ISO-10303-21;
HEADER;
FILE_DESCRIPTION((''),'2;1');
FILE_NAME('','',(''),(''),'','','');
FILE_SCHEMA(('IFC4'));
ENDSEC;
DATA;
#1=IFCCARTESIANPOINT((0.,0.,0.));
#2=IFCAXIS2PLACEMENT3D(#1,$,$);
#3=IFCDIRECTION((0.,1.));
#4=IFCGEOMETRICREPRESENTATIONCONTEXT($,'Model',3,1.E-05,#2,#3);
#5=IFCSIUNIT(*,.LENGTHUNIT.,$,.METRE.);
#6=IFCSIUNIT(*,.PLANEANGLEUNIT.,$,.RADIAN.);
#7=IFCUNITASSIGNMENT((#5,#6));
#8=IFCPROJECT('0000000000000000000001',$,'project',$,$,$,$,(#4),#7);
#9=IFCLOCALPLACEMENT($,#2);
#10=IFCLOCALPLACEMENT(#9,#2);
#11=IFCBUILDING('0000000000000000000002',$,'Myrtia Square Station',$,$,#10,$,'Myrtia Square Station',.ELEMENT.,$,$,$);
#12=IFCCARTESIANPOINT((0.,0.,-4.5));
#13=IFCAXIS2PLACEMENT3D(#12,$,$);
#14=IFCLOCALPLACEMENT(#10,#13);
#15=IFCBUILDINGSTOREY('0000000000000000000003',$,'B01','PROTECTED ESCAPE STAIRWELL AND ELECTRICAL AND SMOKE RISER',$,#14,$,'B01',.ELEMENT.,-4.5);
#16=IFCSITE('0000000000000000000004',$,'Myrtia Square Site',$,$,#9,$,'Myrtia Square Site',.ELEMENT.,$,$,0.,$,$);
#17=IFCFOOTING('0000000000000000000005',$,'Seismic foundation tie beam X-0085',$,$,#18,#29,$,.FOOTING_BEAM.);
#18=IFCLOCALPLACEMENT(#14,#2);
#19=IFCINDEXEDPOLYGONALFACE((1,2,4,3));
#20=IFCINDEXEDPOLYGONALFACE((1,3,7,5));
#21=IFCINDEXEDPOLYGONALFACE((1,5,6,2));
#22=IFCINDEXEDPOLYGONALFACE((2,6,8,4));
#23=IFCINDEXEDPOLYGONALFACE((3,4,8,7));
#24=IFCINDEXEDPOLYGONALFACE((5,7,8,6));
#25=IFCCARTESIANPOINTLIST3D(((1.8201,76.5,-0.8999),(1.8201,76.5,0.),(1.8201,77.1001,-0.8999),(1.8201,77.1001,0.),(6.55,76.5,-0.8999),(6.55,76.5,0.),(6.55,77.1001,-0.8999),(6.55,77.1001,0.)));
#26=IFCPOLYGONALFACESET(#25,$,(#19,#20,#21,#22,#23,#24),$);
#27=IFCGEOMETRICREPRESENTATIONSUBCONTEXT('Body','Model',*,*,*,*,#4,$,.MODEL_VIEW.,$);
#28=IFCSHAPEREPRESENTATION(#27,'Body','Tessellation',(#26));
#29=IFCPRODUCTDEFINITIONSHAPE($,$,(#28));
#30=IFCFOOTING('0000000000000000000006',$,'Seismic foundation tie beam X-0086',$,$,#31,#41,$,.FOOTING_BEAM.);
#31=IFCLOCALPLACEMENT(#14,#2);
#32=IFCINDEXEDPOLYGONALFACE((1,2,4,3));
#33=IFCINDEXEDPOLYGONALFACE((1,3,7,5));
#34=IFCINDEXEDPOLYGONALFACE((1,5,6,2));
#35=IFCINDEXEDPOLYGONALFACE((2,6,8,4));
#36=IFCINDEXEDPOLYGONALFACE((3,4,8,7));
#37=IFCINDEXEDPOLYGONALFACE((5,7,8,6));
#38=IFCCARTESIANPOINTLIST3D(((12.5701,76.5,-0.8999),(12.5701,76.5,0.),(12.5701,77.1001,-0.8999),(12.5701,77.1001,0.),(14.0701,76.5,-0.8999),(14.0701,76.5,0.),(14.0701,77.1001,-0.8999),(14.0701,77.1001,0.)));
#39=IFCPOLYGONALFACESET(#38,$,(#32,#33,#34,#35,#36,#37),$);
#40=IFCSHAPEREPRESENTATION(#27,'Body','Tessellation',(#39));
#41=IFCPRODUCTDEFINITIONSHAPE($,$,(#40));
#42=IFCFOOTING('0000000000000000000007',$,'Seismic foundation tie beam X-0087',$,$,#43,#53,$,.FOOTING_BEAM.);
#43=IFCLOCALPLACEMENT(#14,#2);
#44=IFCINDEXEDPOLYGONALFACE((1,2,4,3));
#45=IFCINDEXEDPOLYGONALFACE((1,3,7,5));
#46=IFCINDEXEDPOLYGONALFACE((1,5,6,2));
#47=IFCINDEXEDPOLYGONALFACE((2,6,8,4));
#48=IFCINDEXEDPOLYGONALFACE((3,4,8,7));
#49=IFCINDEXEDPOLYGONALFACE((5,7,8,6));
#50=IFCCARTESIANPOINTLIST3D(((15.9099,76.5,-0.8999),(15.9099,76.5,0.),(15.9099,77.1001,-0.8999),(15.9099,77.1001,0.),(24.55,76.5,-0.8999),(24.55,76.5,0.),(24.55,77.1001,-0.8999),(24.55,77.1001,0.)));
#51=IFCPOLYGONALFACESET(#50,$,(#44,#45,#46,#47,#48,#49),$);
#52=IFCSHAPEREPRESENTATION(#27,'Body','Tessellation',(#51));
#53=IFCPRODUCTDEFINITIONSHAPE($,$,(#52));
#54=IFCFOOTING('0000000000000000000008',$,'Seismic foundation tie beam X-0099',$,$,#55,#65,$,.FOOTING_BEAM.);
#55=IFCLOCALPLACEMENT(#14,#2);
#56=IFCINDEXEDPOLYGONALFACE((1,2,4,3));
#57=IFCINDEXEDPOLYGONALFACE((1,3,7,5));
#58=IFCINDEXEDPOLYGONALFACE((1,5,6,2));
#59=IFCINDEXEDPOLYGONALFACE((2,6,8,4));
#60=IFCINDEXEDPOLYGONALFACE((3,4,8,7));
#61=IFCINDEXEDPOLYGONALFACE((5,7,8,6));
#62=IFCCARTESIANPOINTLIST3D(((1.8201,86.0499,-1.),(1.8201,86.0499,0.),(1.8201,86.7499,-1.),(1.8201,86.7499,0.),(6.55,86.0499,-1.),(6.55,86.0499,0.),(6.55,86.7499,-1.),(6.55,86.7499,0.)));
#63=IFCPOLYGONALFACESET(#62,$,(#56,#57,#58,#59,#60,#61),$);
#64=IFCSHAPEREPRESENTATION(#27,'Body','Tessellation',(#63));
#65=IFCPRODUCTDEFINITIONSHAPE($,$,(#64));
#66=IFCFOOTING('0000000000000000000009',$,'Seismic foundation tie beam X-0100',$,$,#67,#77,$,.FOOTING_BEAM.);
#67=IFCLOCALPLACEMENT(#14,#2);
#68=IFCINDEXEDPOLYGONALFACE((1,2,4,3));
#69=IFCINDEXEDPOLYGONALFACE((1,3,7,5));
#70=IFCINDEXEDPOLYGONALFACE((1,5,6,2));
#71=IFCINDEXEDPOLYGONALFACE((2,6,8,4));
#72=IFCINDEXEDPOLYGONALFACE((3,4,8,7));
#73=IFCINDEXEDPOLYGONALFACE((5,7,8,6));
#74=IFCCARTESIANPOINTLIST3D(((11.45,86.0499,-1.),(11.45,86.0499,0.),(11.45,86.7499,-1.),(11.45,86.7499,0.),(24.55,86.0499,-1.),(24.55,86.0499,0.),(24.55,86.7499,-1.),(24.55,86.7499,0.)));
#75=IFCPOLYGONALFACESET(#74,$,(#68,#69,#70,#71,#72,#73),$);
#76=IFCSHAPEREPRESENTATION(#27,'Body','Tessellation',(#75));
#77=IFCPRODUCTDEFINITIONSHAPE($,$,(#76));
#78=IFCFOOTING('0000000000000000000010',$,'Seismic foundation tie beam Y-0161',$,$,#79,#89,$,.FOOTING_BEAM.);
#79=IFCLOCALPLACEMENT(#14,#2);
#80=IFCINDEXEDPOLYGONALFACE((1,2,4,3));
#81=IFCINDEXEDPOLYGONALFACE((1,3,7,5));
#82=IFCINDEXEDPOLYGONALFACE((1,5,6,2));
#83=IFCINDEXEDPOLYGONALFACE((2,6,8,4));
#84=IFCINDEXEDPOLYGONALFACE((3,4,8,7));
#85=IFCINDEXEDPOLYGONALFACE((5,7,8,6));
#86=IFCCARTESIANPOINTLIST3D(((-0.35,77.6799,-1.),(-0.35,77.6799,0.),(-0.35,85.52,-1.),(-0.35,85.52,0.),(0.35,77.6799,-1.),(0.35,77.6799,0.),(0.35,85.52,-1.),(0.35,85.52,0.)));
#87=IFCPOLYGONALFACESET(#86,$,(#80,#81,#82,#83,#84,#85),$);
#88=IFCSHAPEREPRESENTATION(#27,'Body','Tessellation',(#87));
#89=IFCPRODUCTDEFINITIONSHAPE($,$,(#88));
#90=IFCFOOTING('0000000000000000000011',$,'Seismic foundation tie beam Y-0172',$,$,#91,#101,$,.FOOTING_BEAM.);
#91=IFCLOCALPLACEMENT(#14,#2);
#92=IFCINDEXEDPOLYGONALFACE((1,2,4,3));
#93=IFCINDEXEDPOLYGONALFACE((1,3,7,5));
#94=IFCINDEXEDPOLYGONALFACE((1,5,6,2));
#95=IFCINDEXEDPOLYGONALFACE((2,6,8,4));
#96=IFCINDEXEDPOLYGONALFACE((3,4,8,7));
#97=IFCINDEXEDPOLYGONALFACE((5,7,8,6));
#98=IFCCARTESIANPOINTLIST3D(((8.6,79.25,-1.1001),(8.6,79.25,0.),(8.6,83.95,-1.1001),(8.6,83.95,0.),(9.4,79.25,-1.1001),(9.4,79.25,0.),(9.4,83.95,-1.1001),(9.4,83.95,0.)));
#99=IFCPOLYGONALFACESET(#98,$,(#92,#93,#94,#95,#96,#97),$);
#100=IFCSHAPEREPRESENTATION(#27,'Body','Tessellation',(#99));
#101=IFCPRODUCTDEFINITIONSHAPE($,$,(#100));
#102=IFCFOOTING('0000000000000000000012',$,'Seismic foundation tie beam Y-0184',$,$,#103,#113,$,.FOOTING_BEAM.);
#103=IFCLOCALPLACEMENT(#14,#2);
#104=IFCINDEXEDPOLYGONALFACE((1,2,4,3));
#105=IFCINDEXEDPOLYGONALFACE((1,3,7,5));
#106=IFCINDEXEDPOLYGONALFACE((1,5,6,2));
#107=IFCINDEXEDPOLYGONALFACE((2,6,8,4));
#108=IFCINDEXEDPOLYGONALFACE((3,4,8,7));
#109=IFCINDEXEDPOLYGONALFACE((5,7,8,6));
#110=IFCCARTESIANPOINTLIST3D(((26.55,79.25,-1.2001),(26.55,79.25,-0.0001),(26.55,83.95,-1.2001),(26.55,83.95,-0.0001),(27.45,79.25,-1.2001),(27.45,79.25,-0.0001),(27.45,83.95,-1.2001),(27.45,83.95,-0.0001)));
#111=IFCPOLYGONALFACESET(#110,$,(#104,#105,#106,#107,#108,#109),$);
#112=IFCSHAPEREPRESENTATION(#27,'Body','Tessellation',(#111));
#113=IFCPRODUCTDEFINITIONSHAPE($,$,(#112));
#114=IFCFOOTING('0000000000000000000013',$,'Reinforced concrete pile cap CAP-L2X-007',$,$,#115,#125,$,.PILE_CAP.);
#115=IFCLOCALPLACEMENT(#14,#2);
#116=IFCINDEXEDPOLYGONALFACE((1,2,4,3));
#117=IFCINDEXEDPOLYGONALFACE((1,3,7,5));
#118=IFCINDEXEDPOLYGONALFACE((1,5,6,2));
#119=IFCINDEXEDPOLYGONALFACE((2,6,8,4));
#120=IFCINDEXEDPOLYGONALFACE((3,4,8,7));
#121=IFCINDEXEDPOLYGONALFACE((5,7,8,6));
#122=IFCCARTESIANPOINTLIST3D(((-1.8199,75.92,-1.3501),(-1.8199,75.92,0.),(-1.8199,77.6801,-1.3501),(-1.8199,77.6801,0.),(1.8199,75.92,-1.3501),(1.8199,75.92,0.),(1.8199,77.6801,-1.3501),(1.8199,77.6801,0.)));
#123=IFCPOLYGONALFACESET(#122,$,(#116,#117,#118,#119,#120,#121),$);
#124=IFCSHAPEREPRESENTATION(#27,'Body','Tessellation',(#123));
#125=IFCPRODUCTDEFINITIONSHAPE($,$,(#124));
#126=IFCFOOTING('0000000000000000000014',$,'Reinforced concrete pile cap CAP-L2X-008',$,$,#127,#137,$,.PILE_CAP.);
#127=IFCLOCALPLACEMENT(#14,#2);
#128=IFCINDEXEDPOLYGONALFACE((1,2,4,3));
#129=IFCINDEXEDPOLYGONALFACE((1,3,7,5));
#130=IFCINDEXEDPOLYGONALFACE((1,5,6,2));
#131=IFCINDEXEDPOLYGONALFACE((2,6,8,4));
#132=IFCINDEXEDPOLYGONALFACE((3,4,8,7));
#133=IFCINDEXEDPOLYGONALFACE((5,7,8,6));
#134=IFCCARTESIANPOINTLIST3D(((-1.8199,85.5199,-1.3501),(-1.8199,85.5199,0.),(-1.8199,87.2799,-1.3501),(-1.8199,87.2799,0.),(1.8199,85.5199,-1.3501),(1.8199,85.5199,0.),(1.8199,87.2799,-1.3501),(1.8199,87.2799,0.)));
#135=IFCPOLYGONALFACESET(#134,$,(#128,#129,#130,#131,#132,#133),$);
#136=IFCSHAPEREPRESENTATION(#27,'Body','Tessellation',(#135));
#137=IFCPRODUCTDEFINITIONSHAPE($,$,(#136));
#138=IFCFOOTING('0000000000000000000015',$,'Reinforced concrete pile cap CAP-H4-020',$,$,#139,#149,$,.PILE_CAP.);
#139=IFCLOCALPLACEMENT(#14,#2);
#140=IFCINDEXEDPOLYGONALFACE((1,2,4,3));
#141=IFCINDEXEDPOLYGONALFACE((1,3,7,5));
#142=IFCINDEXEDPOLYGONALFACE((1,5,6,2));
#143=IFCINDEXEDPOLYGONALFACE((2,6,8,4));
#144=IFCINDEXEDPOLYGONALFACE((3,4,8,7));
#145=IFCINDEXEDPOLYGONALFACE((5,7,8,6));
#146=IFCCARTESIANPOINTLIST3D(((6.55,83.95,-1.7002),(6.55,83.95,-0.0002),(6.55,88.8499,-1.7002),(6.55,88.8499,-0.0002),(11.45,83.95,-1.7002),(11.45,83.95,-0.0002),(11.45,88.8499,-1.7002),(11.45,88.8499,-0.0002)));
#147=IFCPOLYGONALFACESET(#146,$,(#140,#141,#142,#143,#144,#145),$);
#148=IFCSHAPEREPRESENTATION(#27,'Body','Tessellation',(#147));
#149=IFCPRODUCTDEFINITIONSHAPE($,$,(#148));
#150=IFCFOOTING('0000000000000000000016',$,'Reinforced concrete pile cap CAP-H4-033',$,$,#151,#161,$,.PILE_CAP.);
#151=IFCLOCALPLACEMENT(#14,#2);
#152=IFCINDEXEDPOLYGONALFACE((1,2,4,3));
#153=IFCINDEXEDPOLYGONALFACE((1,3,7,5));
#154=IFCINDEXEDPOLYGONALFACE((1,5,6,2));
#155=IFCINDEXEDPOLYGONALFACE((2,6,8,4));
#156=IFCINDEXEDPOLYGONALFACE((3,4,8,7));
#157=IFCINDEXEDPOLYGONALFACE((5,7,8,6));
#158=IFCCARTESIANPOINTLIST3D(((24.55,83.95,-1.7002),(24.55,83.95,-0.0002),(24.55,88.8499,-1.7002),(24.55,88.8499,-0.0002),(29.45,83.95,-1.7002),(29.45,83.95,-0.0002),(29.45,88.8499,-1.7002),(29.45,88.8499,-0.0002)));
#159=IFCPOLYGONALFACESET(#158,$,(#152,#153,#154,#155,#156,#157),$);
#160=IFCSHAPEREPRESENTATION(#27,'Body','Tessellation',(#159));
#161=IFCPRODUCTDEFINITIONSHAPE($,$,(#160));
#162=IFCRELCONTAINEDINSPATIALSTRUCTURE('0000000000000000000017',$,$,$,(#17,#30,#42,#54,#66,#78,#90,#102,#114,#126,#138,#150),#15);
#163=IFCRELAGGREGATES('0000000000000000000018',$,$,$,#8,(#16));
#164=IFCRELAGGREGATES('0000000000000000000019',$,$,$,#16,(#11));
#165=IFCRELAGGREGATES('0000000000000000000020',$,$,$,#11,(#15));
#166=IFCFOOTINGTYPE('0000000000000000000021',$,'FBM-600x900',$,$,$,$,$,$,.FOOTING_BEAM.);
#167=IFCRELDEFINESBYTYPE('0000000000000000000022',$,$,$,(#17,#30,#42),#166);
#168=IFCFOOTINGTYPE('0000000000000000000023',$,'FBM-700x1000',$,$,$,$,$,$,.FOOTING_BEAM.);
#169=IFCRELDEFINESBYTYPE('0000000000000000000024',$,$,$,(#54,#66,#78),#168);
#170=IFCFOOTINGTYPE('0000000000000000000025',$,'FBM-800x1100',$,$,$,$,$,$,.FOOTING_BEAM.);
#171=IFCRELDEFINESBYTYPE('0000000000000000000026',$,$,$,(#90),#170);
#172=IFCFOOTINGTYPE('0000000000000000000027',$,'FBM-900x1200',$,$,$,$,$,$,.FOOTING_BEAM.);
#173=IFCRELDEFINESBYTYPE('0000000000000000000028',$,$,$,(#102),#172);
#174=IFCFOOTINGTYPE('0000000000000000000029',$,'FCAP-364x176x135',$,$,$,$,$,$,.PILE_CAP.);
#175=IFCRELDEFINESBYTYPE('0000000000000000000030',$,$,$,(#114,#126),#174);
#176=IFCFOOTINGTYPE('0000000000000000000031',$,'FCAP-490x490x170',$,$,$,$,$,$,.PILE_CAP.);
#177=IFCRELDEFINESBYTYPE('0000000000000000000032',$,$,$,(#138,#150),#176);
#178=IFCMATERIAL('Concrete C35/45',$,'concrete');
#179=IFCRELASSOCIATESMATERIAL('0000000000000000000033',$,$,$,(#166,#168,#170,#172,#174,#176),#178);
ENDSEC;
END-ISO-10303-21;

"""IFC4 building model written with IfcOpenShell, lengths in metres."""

from ifc_helpers import new_model, si_unit, direction, frame, origin, origin_2d, place, context, subcontext, project, spatial, rectangle, extrude, material, material_profile, profile_set, type_object, element, save


model = new_model("IFC4")

# Units and contexts
model_context = context("Model", 3, precision=1e-05, world=origin(), true_north=direction((0.0, 1.0)))
body_context = subcontext(model_context, "Body", "Model", "MODEL_VIEW")
ifc_project = project(units=[si_unit("LENGTHUNIT", "METRE"), si_unit("PLANEANGLEUNIT", "RADIAN")], contexts=[model_context])

# Site, building, storey
site_placement = place(None, origin())
site = spatial("IfcSite", under=ifc_project, at=site_placement, Name="Myrtia Square Site", LongName="Myrtia Square Site", CompositionType="ELEMENT", RefElevation=0.0)
building_placement = place(site_placement, origin())
building = spatial("IfcBuilding", under=site, at=building_placement, Name="Myrtia Square Station", LongName="Myrtia Square Station", CompositionType="ELEMENT")
storey_placement = place(building_placement, frame((0.0, 0.0, -4.5)))
storey = spatial("IfcBuildingStorey", under=building, at=storey_placement, Name="B01", Description="PROTECTED ESCAPE STAIRWELL AND ELECTRICAL AND SMOKE RISER", LongName="B01", CompositionType="ELEMENT", Elevation=-4.5)

# Footings
ifc_material_1 = material(Name="Concrete C35/45", Category="concrete")
ifc_material_profile_1 = material_profile(ifc_material_1, rectangle(XDim=0.6001, YDim=0.8999, at=origin_2d()), Name="FB 600x900")
ifc_profile_set_1 = profile_set([ifc_material_profile_1], Name="Concrete C35/45")
footing_type_1 = type_object("IfcFootingType", Name="FBM-600x900", PredefinedType="FOOTING_BEAM", material=ifc_profile_set_1)
footing_1_placement = place(storey_placement, frame((1.8201, 76.8, -0.45), z_axis=(1.0, 0.0, 0.0), x_axis=(0.0, 1.0, 0.0)))
element("IfcFooting", 1, at=footing_1_placement, inside=storey, type_object=footing_type_1, Name="Seismic foundation tie beam X-0085", PredefinedType="FOOTING_BEAM", context=body_context, shape_type="SweptSolid", body=[
    extrude(rectangle(XDim=0.6001, YDim=0.8999, at=origin_2d()), origin(), (0.0, 0.0, 1.0), 4.73),
])
footing_2_placement = place(storey_placement, frame((12.5701, 76.8, -0.45), z_axis=(1.0, 0.0, 0.0), x_axis=(0.0, 1.0, 0.0)))
element("IfcFooting", 2, at=footing_2_placement, inside=storey, type_object=footing_type_1, Name="Seismic foundation tie beam X-0086", PredefinedType="FOOTING_BEAM", context=body_context, shape_type="SweptSolid", body=[
    extrude(rectangle(XDim=0.6001, YDim=0.8999, at=origin_2d()), origin(), (0.0, 0.0, 1.0), 1.5),
])
footing_3_placement = place(storey_placement, frame((15.9099, 76.8, -0.45), z_axis=(1.0, 0.0, 0.0), x_axis=(0.0, 1.0, 0.0)))
element("IfcFooting", 3, at=footing_3_placement, inside=storey, type_object=footing_type_1, Name="Seismic foundation tie beam X-0087", PredefinedType="FOOTING_BEAM", context=body_context, shape_type="SweptSolid", body=[
    extrude(rectangle(XDim=0.6001, YDim=0.8999, at=origin_2d()), origin(), (0.0, 0.0, 1.0), 8.6401),
])
ifc_material_profile_2 = material_profile(ifc_material_1, rectangle(XDim=0.7, YDim=1.0, at=origin_2d()), Name="FB 700x1000")
ifc_profile_set_2 = profile_set([ifc_material_profile_2], Name="Concrete C35/45")
footing_type_2 = type_object("IfcFootingType", Name="FBM-700x1000", PredefinedType="FOOTING_BEAM", material=ifc_profile_set_2)
footing_4_placement = place(storey_placement, frame((1.8201, 86.3999, -0.5), z_axis=(1.0, 0.0, 0.0), x_axis=(0.0, 1.0, 0.0)))
element("IfcFooting", 4, at=footing_4_placement, inside=storey, type_object=footing_type_2, Name="Seismic foundation tie beam X-0099", PredefinedType="FOOTING_BEAM", context=body_context, shape_type="SweptSolid", body=[
    extrude(rectangle(XDim=0.7, YDim=1.0, at=origin_2d()), origin(), (0.0, 0.0, 1.0), 4.73),
])
footing_5_placement = place(storey_placement, frame((11.45, 86.3999, -0.5), z_axis=(1.0, 0.0, 0.0), x_axis=(0.0, 1.0, 0.0)))
element("IfcFooting", 5, at=footing_5_placement, inside=storey, type_object=footing_type_2, Name="Seismic foundation tie beam X-0100", PredefinedType="FOOTING_BEAM", context=body_context, shape_type="SweptSolid", body=[
    extrude(rectangle(XDim=0.7, YDim=1.0, at=origin_2d()), origin(), (0.0, 0.0, 1.0), 13.1001),
])
footing_6_placement = place(storey_placement, frame((0.0, 77.6799, -0.5), z_axis=(0.0, 1.0, 0.0), x_axis=(-1.0, 0.0, 0.0)))
element("IfcFooting", 6, at=footing_6_placement, inside=storey, type_object=footing_type_2, Name="Seismic foundation tie beam Y-0161", PredefinedType="FOOTING_BEAM", context=body_context, shape_type="SweptSolid", body=[
    extrude(rectangle(XDim=0.7, YDim=1.0, at=origin_2d()), origin(), (0.0, 0.0, 1.0), 7.8401),
])
ifc_material_profile_3 = material_profile(ifc_material_1, rectangle(XDim=0.8, YDim=1.1001, at=origin_2d()), Name="FB 800x1100")
ifc_profile_set_3 = profile_set([ifc_material_profile_3], Name="Concrete C35/45")
footing_type_3 = type_object("IfcFootingType", Name="FBM-800x1100", PredefinedType="FOOTING_BEAM", material=ifc_profile_set_3)
footing_7_placement = place(storey_placement, frame((9.0, 79.25, -0.55), z_axis=(0.0, 1.0, 0.0), x_axis=(-1.0, 0.0, 0.0)))
element("IfcFooting", 7, at=footing_7_placement, inside=storey, type_object=footing_type_3, Name="Seismic foundation tie beam Y-0172", PredefinedType="FOOTING_BEAM", context=body_context, shape_type="SweptSolid", body=[
    extrude(rectangle(XDim=0.8, YDim=1.1001, at=origin_2d()), origin(), (0.0, 0.0, 1.0), 4.7),
])
ifc_material_profile_4 = material_profile(ifc_material_1, rectangle(XDim=0.8999, YDim=1.2, at=origin_2d()), Name="FB 900x1200")
ifc_profile_set_4 = profile_set([ifc_material_profile_4], Name="Concrete C35/45")
footing_type_4 = type_object("IfcFootingType", Name="FBM-900x1200", PredefinedType="FOOTING_BEAM", material=ifc_profile_set_4)
footing_8_placement = place(storey_placement, frame((27.0, 79.25, -0.6001), z_axis=(0.0, 1.0, 0.0), x_axis=(-1.0, 0.0, 0.0)))
element("IfcFooting", 8, at=footing_8_placement, inside=storey, type_object=footing_type_4, Name="Seismic foundation tie beam Y-0184", PredefinedType="FOOTING_BEAM", context=body_context, shape_type="SweptSolid", body=[
    extrude(rectangle(XDim=0.8999, YDim=1.2, at=origin_2d()), origin(), (0.0, 0.0, 1.0), 4.7),
])
footing_type_5 = type_object("IfcFootingType", Name="FCAP-364x176x135", PredefinedType="PILE_CAP", material=ifc_material_1)
for number, where, z_axis, x_axis, name in (
    (9, (0.0, 76.8, -1.3501), (0.0, 0.0, 1.0), (1.0, 0.0, 0.0), "Reinforced concrete pile cap CAP-L2X-007"),
    (10, (0.0, 86.3999, -1.3501), (0.0, 0.0, 1.0), (1.0, 0.0, 0.0), "Reinforced concrete pile cap CAP-L2X-008"),
):
    element("IfcFooting", number, at=place(storey_placement, frame(where, z_axis=z_axis, x_axis=x_axis)), inside=storey, type_object=footing_type_5, Name=name, PredefinedType="PILE_CAP", context=body_context, shape_type="SweptSolid", body=[
        extrude(rectangle(XDim=3.6399, YDim=1.76, at=origin_2d()), origin(), (0.0, 0.0, 1.0), 1.3501),
    ])
footing_type_6 = type_object("IfcFootingType", Name="FCAP-490x490x170", PredefinedType="PILE_CAP", material=ifc_material_1)
for number, where, z_axis, x_axis, name in (
    (11, (9.0, 86.3999, -1.7002), (0.0, 0.0, 1.0), (1.0, 0.0, 0.0), "Reinforced concrete pile cap CAP-H4-020"),
    (12, (27.0, 86.3999, -1.7002), (0.0, 0.0, 1.0), (1.0, 0.0, 0.0), "Reinforced concrete pile cap CAP-H4-033"),
):
    element("IfcFooting", number, at=place(storey_placement, frame(where, z_axis=z_axis, x_axis=x_axis)), inside=storey, type_object=footing_type_6, Name=name, PredefinedType="PILE_CAP", context=body_context, shape_type="SweptSolid", body=[
        extrude(rectangle(XDim=4.8999, YDim=4.8999, at=origin_2d()), origin(), (0.0, 0.0, 1.0), 1.7),
    ])

save(model, "model.ifc")
